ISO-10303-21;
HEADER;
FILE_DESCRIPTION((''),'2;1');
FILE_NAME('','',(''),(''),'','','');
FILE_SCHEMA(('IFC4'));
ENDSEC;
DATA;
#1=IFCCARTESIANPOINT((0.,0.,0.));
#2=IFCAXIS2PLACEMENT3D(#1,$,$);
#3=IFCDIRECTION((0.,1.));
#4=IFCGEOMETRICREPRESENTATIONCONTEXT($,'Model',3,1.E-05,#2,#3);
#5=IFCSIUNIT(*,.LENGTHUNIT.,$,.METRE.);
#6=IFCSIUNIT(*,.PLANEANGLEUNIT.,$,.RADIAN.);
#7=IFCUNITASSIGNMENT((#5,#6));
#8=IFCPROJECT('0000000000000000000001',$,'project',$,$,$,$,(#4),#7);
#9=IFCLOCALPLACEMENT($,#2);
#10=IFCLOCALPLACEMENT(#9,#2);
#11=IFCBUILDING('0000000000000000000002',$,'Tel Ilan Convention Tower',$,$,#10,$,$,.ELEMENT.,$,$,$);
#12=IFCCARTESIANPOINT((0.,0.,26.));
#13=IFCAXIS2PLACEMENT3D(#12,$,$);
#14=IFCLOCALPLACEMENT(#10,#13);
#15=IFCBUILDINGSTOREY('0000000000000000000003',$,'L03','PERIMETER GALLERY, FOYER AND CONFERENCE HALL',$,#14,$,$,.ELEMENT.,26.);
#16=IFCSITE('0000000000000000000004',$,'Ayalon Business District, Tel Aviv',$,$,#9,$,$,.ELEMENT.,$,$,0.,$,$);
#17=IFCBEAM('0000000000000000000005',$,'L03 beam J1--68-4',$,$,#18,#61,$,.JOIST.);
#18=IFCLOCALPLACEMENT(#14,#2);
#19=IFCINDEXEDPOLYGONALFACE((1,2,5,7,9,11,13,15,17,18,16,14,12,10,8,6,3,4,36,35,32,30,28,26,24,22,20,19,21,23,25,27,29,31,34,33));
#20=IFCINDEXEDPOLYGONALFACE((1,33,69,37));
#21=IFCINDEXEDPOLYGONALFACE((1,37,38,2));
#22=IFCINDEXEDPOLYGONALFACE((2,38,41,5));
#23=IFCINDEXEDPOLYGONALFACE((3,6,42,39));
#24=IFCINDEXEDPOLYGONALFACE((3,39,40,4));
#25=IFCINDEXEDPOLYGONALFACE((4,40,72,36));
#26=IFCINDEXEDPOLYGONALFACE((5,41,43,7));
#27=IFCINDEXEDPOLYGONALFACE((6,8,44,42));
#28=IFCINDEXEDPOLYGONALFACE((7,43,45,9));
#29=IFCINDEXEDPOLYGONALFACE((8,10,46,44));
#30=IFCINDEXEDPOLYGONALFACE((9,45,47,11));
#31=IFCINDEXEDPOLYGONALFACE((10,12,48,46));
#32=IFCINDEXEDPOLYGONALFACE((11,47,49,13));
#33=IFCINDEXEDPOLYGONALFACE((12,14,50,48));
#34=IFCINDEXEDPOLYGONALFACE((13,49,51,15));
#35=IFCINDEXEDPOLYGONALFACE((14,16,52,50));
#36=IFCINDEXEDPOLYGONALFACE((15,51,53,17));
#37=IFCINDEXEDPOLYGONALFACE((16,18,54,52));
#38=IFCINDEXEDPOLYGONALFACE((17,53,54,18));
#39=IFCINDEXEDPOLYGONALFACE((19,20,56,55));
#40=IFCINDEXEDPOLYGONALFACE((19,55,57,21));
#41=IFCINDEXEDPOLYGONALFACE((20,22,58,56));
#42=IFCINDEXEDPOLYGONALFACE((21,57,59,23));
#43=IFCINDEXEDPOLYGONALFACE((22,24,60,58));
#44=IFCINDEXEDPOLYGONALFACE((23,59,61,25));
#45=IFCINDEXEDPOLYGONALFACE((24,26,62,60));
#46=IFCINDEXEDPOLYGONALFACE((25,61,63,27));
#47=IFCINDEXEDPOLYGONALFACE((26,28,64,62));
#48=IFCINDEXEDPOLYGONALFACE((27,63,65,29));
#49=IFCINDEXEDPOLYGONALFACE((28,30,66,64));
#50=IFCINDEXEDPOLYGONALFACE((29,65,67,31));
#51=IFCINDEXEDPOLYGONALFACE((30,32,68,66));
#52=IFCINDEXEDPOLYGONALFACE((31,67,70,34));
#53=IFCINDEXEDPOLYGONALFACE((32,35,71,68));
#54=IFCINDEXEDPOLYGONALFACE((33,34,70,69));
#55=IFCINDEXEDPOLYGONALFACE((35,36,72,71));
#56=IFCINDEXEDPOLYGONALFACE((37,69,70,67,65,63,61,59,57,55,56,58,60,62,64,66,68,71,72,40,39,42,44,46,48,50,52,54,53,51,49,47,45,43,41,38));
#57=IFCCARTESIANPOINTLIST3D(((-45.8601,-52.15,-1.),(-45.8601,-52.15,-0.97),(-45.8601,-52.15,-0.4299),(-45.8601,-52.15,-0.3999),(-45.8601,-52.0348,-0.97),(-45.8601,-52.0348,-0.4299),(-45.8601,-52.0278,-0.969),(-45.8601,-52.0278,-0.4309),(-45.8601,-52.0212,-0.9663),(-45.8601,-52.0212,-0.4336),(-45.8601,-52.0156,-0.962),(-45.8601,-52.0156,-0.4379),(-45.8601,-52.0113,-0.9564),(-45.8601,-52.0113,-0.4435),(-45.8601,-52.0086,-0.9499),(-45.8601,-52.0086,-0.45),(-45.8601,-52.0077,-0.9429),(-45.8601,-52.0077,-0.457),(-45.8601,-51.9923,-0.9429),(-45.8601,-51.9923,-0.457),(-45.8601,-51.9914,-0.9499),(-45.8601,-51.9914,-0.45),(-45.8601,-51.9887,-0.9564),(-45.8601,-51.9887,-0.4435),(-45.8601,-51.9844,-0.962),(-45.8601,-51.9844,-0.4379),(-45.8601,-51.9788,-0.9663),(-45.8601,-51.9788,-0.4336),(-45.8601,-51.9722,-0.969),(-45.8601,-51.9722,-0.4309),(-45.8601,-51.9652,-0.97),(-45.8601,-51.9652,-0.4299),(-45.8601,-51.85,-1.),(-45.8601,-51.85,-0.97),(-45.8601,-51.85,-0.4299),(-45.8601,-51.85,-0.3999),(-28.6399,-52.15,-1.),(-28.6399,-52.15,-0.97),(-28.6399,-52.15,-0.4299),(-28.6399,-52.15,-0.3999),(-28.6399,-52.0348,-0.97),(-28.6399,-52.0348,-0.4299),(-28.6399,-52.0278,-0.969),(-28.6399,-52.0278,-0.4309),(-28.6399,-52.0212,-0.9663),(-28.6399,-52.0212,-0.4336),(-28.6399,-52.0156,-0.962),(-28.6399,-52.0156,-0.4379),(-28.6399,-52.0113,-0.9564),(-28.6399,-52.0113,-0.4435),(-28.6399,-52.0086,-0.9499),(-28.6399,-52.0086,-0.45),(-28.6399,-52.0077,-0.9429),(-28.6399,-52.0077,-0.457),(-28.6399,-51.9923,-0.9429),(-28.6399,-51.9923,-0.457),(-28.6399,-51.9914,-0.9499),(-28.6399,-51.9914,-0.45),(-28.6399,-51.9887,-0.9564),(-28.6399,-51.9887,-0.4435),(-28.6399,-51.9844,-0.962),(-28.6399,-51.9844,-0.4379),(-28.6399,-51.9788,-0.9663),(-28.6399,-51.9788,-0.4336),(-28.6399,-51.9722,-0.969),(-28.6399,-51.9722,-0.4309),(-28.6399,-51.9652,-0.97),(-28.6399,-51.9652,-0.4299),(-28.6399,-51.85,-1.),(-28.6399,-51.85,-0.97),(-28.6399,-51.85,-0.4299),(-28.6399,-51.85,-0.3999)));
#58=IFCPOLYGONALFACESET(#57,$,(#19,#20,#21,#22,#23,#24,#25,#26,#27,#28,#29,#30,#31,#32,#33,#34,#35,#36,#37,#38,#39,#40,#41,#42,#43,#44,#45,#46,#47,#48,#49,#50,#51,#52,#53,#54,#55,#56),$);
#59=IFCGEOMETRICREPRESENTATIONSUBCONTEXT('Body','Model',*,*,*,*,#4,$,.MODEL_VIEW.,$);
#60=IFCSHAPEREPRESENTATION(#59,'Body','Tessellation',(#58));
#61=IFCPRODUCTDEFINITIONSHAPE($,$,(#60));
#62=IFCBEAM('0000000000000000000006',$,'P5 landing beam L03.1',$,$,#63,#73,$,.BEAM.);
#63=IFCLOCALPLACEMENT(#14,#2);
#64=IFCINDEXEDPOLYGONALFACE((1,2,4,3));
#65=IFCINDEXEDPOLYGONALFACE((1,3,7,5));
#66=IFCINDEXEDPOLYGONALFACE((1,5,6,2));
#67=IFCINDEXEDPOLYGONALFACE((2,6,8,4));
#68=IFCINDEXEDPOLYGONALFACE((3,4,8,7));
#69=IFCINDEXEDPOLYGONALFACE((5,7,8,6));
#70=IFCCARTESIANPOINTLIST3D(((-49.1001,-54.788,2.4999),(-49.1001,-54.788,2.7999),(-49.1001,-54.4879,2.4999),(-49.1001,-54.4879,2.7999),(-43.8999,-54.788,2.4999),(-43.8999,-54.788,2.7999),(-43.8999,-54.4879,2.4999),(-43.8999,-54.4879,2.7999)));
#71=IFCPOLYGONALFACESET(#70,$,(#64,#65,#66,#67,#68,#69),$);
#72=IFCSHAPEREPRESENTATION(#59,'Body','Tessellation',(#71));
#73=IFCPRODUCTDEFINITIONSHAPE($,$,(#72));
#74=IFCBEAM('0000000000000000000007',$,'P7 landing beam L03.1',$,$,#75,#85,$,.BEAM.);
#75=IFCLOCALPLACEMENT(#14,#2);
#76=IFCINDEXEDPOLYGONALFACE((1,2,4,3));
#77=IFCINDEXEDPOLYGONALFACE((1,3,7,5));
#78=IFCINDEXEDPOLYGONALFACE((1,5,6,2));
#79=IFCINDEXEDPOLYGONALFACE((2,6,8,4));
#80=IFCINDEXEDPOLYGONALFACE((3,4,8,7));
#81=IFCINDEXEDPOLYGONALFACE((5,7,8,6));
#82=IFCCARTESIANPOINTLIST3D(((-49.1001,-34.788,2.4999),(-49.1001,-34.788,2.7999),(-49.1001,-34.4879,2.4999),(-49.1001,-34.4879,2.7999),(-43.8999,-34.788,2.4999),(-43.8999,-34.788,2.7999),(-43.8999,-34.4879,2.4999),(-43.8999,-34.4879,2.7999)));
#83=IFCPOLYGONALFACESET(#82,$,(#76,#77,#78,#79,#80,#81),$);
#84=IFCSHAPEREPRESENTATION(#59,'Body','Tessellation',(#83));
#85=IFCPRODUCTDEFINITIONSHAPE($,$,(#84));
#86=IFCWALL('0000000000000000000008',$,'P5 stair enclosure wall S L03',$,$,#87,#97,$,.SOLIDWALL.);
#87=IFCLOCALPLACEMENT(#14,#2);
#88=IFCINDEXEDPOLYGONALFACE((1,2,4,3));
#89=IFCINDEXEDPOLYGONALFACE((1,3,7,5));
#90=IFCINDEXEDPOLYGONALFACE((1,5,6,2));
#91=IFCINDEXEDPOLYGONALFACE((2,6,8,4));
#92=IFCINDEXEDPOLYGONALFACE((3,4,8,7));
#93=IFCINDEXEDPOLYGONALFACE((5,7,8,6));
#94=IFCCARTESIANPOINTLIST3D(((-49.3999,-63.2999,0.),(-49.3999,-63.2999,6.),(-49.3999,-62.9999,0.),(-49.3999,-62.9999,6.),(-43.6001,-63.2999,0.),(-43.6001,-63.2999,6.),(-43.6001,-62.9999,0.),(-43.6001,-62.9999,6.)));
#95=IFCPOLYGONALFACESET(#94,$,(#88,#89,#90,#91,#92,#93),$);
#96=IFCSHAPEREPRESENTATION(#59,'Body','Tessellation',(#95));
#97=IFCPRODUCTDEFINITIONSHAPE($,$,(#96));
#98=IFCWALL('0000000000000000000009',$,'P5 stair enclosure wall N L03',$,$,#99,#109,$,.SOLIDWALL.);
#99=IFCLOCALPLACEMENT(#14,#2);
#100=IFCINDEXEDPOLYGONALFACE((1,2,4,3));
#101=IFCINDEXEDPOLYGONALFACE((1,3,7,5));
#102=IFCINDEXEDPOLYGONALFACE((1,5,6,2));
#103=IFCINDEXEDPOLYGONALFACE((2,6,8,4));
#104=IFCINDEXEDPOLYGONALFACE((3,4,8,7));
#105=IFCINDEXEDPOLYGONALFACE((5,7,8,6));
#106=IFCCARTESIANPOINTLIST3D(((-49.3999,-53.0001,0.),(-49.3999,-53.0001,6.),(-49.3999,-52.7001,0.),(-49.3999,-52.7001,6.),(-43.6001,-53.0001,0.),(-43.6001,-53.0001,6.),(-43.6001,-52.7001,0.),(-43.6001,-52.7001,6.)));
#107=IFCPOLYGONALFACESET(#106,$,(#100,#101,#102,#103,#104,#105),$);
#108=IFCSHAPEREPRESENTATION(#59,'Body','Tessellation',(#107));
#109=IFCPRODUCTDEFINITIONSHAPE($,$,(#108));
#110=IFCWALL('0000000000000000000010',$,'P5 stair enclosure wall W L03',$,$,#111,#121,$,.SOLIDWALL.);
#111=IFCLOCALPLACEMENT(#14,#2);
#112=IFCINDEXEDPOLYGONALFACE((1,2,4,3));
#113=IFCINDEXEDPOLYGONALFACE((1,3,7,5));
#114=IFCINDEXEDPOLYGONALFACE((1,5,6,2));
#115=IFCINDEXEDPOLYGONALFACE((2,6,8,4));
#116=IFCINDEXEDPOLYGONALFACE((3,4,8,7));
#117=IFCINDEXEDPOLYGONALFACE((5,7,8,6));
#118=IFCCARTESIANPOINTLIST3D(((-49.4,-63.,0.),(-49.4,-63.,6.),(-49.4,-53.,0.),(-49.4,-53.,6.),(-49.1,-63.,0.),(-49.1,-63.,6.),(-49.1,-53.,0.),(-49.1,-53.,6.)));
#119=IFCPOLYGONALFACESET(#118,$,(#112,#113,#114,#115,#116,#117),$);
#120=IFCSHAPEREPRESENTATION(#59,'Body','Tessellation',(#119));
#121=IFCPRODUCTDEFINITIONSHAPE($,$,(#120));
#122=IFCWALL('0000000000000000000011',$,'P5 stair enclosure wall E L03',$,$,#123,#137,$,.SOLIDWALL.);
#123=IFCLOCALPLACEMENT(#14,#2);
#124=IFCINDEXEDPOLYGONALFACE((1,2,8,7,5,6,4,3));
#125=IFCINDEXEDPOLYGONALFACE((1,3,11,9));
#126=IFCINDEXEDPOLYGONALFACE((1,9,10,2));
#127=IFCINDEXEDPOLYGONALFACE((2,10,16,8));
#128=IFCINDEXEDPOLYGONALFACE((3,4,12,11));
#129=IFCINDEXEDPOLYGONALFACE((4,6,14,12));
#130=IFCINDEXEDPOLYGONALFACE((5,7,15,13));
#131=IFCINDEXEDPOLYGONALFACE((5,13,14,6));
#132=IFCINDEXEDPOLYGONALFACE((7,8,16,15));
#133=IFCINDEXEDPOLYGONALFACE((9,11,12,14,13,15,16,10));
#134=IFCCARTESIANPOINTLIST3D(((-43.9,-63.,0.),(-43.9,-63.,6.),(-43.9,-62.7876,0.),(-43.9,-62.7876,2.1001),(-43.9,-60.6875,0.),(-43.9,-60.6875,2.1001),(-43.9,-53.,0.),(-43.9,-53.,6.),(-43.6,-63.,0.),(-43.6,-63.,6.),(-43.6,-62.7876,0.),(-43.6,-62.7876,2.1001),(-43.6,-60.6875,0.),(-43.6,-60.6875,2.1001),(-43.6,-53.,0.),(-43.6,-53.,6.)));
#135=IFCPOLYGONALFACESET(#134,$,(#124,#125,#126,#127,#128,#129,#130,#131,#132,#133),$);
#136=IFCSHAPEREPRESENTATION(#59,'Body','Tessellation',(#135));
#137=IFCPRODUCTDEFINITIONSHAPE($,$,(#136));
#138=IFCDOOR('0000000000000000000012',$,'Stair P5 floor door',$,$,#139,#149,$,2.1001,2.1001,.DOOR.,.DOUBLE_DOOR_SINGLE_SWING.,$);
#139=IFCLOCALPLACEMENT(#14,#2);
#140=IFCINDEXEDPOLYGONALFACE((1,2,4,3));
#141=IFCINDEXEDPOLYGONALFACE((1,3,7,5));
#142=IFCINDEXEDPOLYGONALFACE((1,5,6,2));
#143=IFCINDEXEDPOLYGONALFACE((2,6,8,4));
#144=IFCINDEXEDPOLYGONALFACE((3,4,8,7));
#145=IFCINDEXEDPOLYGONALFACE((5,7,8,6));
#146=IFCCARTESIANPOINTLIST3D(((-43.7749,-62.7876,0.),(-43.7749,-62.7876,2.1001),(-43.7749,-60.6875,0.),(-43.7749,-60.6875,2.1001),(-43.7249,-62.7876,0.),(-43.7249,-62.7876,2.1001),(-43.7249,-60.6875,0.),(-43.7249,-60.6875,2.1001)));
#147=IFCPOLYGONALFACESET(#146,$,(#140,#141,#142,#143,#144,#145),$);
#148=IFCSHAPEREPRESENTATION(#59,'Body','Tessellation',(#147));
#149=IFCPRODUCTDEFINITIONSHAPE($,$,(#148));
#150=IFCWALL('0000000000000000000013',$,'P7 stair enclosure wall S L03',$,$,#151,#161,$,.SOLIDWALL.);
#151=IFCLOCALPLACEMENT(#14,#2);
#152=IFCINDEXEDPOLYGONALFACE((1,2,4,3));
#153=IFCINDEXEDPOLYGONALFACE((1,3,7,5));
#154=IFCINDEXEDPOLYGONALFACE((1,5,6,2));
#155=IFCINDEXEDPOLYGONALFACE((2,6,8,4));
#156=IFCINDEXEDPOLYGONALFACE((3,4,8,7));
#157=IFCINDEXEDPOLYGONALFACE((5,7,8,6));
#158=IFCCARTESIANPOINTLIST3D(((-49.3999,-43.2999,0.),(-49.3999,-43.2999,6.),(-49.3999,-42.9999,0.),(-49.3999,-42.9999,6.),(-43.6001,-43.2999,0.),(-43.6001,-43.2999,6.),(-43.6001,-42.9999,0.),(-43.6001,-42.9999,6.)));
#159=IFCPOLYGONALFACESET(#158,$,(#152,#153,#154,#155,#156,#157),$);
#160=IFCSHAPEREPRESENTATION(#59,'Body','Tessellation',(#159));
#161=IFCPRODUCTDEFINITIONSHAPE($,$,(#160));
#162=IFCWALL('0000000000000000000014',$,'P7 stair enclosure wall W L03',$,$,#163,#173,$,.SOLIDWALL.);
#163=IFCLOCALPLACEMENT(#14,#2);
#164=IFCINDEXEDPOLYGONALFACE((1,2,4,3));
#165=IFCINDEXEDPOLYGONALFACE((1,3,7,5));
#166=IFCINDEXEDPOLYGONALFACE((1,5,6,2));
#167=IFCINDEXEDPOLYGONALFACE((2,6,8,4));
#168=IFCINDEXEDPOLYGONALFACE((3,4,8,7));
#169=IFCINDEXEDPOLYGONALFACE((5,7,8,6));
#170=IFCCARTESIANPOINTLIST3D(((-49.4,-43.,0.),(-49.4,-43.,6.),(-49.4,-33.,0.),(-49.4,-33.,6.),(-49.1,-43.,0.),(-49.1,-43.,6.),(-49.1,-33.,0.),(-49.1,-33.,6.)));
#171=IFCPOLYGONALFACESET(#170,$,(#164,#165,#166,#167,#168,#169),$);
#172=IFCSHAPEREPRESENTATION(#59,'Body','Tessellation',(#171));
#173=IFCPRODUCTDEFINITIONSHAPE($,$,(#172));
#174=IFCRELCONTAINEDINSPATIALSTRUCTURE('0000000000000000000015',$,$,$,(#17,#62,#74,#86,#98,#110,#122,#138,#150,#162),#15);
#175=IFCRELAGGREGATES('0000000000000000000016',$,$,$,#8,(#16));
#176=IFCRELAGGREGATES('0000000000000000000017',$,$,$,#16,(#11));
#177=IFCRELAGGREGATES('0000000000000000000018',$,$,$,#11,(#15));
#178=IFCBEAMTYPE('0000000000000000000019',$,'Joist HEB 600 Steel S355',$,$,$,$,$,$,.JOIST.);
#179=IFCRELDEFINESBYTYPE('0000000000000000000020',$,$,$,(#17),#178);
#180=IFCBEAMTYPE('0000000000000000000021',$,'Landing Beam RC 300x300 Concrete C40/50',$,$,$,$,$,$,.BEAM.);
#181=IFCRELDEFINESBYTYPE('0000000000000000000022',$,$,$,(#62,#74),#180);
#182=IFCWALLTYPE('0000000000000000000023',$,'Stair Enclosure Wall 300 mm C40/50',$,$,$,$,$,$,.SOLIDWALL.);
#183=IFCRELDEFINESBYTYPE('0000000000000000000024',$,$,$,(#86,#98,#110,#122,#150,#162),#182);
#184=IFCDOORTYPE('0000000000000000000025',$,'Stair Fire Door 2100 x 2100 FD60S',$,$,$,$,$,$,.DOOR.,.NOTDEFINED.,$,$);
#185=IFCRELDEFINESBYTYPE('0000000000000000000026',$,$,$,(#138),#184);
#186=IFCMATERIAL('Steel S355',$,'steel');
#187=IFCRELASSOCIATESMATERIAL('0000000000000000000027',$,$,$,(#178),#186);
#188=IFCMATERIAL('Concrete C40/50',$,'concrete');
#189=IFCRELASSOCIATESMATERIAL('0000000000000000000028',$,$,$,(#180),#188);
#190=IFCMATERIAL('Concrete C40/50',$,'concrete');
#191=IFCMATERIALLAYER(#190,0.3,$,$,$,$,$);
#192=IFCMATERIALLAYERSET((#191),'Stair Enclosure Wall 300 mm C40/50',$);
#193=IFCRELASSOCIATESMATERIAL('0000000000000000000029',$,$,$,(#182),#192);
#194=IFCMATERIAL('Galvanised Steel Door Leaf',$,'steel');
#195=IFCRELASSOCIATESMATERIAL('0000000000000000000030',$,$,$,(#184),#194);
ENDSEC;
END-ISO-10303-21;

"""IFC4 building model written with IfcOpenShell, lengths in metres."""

from ifc_helpers import new_model, si_unit, direction, frame, frame_2d, origin, origin_2d, place, context, subcontext, project, spatial, rectangle, i_section, extrude, material, layer, layer_set, material_profile, profile_set, type_object, element, fill, save


model = new_model("IFC4")

# Units and contexts
model_context = context("Model", 3, precision=1e-05, world=origin(), true_north=direction((0.0, 1.0)))
body_context = subcontext(model_context, "Body", "Model", "MODEL_VIEW")
ifc_project = project(units=[si_unit("LENGTHUNIT", "METRE"), si_unit("PLANEANGLEUNIT", "RADIAN")], contexts=[model_context])

# Site, building, storey
site_placement = place(None, origin())
site = spatial("IfcSite", under=ifc_project, at=site_placement, Name="Ayalon Business District, Tel Aviv", CompositionType="ELEMENT", RefElevation=0.0)
building_placement = place(site_placement, origin())
building = spatial("IfcBuilding", under=site, at=building_placement, Name="Tel Ilan Convention Tower", CompositionType="ELEMENT")
storey_placement = place(building_placement, frame((0.0, 0.0, 26.0)))
storey = spatial("IfcBuildingStorey", under=building, at=storey_placement, Name="L03", Description="PERIMETER GALLERY, FOYER AND CONFERENCE HALL", CompositionType="ELEMENT", Elevation=26.0)

# Beams
ifc_material_1 = material(Name="Steel S355", Category="steel")
ifc_material_profile_1 = material_profile(ifc_material_1, i_section(OverallWidth=0.3, OverallDepth=0.6001, WebThickness=0.0154, FlangeThickness=0.03, FilletRadius=0.0271, at=origin_2d()), Name="HEB 600")
ifc_profile_set_1 = profile_set([ifc_material_profile_1], Name="Steel S355")
beam_type_1 = type_object("IfcBeamType", Name="Joist HEB 600 Steel S355", PredefinedType="JOIST", material=ifc_profile_set_1)
for number, where, z_axis, x_axis, name in (
    (1, (-45.8601, -52.0, -0.7), (1.0, 0.0, 0.0), (0.0, 1.0, 0.0), "L03 beam J1--68-4"),
):
    element("IfcBeam", number, at=place(storey_placement, frame(where, z_axis=z_axis, x_axis=x_axis)), inside=storey, type_object=beam_type_1, Name=name, PredefinedType="JOIST", context=body_context, shape_type="SweptSolid", body=[
        extrude(i_section(OverallWidth=0.3, OverallDepth=0.6001, WebThickness=0.0154, FlangeThickness=0.03, FilletRadius=0.0271, at=origin_2d()), origin(), (0.0, 0.0, 1.0), 17.2202),
    ])
ifc_material_2 = material(Name="Concrete C40/50", Category="concrete")
ifc_material_profile_2 = material_profile(ifc_material_2, rectangle(XDim=0.3, YDim=0.3, at=origin_2d()), Name="RC 300x300")
ifc_profile_set_2 = profile_set([ifc_material_profile_2], Name="Concrete C40/50")
beam_type_2 = type_object("IfcBeamType", Name="Landing Beam RC 300x300 Concrete C40/50", PredefinedType="BEAM", material=ifc_profile_set_2)
for number, where, z_axis, x_axis, name in (
    (2, (-43.8999, -54.6379, 2.6499), (-1.0, 0.0, 0.0), (0.0, -1.0, 0.0), "P5 landing beam L03.1"),
    (3, (-43.8999, -34.6379, 2.6499), (-1.0, 0.0, 0.0), (0.0, -1.0, 0.0), "P7 landing beam L03.1"),
):
    element("IfcBeam", number, at=place(storey_placement, frame(where, z_axis=z_axis, x_axis=x_axis)), inside=storey, type_object=beam_type_2, Name=name, PredefinedType="BEAM", context=body_context, shape_type="SweptSolid", body=[
        extrude(rectangle(XDim=0.3, YDim=0.3, at=origin_2d()), origin(), (0.0, 0.0, 1.0), 5.2002),
    ])

# Walls
ifc_material_3 = material(Name="Concrete C40/50", Category="concrete")
ifc_layer = layer(ifc_material_3, 0.3)
ifc_layer_set = layer_set([ifc_layer], Name="Stair Enclosure Wall 300 mm C40/50")
wall_type = type_object("IfcWallType", Name="Stair Enclosure Wall 300 mm C40/50", PredefinedType="SOLIDWALL", material=ifc_layer_set)
for number, where, z_axis, x_axis, name in (
    (4, (-49.3999, -63.1499, 0.0), (0.0, 0.0, 1.0), (1.0, 0.0, 0.0), "P5 stair enclosure wall S L03"),
    (5, (-49.3999, -52.8501, 0.0), (0.0, 0.0, 1.0), (1.0, 0.0, 0.0), "P5 stair enclosure wall N L03"),
):
    element("IfcWall", number, at=place(storey_placement, frame(where, z_axis=z_axis, x_axis=x_axis)), inside=storey, type_object=wall_type, Name=name, PredefinedType="SOLIDWALL", context=body_context, shape_type="SweptSolid", body=[
        extrude(rectangle(XDim=5.7998, YDim=0.3, at=frame_2d((2.8999, 0.0))), origin(), (0.0, 0.0, 1.0), 6.0),
    ])
wall_1_placement = place(storey_placement, frame((-49.25, -63.0, 0.0), z_axis=(0.0, 0.0, 1.0), x_axis=(0.0, 1.0, 0.0)))
element("IfcWall", 6, at=wall_1_placement, inside=storey, type_object=wall_type, Name="P5 stair enclosure wall W L03", PredefinedType="SOLIDWALL", context=body_context, shape_type="SweptSolid", body=[
    extrude(rectangle(XDim=10.0, YDim=0.3, at=frame_2d((5.0, 0.0))), origin(), (0.0, 0.0, 1.0), 6.0),
])

# Wall, opening, door
wall_2_placement = place(storey_placement, frame((-43.75, -63.0, 0.0), z_axis=(0.0, 0.0, 1.0), x_axis=(0.0, 1.0, 0.0)))
wall_2 = element("IfcWall", 7, at=wall_2_placement, inside=storey, type_object=wall_type, Name="P5 stair enclosure wall E L03", PredefinedType="SOLIDWALL", context=body_context, shape_type="SweptSolid", body=[
    extrude(rectangle(XDim=10.0, YDim=0.3, at=frame_2d((5.0, 0.0))), origin(), (0.0, 0.0, 1.0), 6.0),
])
opening_placement = place(wall_2_placement, frame((0.2124, 0.0, 0.0)))
opening = element("IfcOpeningElement", 8, at=opening_placement, cuts=wall_2, PredefinedType="OPENING", context=body_context, shape_type="SweptSolid", body=[
    extrude(rectangle(XDim=2.1001, YDim=2.1001, at=frame_2d((1.05, 1.05))), frame((0.0, 0.1599, 0.0), z_axis=(0.0, -1.0, 0.0), x_axis=(1.0, 0.0, 0.0)), (0.0, 0.0, 1.0), 0.3201),
])
ifc_material_4 = material(Name="Galvanised Steel Door Leaf", Category="steel")
door_type = type_object("IfcDoorType", Name="Stair Fire Door 2100 x 2100 FD60S", OperationType="NOTDEFINED", PredefinedType="DOOR", material=ifc_material_4)
door_placement = place(opening_placement, origin())
door = element("IfcDoor", 9, at=door_placement, inside=storey, type_object=door_type, Name="Stair P5 floor door", OperationType="DOUBLE_DOOR_SINGLE_SWING", OverallHeight=2.1001, OverallWidth=2.1001, PredefinedType="DOOR", context=body_context, shape_type="SweptSolid", body=[
    extrude(rectangle(XDim=2.1001, YDim=2.1001, at=frame_2d((1.05, 1.05))), frame((0.0, 0.0249, 0.0), z_axis=(0.0, -1.0, 0.0), x_axis=(1.0, 0.0, 0.0)), (0.0, 0.0, 1.0), 0.05),
])
fill(opening, door)

# Walls
wall_3_placement = place(storey_placement, frame((-49.3999, -43.1499, 0.0), z_axis=(0.0, 0.0, 1.0), x_axis=(1.0, 0.0, 0.0)))
element("IfcWall", 10, at=wall_3_placement, inside=storey, type_object=wall_type, Name="P7 stair enclosure wall S L03", PredefinedType="SOLIDWALL", context=body_context, shape_type="SweptSolid", body=[
    extrude(rectangle(XDim=5.7998, YDim=0.3, at=frame_2d((2.8999, 0.0))), origin(), (0.0, 0.0, 1.0), 6.0),
])
wall_4_placement = place(storey_placement, frame((-49.25, -43.0, 0.0), z_axis=(0.0, 0.0, 1.0), x_axis=(0.0, 1.0, 0.0)))
element("IfcWall", 11, at=wall_4_placement, inside=storey, type_object=wall_type, Name="P7 stair enclosure wall W L03", PredefinedType="SOLIDWALL", context=body_context, shape_type="SweptSolid", body=[
    extrude(rectangle(XDim=10.0, YDim=0.3, at=frame_2d((5.0, 0.0))), origin(), (0.0, 0.0, 1.0), 6.0),
])

save(model, "model.ifc")
